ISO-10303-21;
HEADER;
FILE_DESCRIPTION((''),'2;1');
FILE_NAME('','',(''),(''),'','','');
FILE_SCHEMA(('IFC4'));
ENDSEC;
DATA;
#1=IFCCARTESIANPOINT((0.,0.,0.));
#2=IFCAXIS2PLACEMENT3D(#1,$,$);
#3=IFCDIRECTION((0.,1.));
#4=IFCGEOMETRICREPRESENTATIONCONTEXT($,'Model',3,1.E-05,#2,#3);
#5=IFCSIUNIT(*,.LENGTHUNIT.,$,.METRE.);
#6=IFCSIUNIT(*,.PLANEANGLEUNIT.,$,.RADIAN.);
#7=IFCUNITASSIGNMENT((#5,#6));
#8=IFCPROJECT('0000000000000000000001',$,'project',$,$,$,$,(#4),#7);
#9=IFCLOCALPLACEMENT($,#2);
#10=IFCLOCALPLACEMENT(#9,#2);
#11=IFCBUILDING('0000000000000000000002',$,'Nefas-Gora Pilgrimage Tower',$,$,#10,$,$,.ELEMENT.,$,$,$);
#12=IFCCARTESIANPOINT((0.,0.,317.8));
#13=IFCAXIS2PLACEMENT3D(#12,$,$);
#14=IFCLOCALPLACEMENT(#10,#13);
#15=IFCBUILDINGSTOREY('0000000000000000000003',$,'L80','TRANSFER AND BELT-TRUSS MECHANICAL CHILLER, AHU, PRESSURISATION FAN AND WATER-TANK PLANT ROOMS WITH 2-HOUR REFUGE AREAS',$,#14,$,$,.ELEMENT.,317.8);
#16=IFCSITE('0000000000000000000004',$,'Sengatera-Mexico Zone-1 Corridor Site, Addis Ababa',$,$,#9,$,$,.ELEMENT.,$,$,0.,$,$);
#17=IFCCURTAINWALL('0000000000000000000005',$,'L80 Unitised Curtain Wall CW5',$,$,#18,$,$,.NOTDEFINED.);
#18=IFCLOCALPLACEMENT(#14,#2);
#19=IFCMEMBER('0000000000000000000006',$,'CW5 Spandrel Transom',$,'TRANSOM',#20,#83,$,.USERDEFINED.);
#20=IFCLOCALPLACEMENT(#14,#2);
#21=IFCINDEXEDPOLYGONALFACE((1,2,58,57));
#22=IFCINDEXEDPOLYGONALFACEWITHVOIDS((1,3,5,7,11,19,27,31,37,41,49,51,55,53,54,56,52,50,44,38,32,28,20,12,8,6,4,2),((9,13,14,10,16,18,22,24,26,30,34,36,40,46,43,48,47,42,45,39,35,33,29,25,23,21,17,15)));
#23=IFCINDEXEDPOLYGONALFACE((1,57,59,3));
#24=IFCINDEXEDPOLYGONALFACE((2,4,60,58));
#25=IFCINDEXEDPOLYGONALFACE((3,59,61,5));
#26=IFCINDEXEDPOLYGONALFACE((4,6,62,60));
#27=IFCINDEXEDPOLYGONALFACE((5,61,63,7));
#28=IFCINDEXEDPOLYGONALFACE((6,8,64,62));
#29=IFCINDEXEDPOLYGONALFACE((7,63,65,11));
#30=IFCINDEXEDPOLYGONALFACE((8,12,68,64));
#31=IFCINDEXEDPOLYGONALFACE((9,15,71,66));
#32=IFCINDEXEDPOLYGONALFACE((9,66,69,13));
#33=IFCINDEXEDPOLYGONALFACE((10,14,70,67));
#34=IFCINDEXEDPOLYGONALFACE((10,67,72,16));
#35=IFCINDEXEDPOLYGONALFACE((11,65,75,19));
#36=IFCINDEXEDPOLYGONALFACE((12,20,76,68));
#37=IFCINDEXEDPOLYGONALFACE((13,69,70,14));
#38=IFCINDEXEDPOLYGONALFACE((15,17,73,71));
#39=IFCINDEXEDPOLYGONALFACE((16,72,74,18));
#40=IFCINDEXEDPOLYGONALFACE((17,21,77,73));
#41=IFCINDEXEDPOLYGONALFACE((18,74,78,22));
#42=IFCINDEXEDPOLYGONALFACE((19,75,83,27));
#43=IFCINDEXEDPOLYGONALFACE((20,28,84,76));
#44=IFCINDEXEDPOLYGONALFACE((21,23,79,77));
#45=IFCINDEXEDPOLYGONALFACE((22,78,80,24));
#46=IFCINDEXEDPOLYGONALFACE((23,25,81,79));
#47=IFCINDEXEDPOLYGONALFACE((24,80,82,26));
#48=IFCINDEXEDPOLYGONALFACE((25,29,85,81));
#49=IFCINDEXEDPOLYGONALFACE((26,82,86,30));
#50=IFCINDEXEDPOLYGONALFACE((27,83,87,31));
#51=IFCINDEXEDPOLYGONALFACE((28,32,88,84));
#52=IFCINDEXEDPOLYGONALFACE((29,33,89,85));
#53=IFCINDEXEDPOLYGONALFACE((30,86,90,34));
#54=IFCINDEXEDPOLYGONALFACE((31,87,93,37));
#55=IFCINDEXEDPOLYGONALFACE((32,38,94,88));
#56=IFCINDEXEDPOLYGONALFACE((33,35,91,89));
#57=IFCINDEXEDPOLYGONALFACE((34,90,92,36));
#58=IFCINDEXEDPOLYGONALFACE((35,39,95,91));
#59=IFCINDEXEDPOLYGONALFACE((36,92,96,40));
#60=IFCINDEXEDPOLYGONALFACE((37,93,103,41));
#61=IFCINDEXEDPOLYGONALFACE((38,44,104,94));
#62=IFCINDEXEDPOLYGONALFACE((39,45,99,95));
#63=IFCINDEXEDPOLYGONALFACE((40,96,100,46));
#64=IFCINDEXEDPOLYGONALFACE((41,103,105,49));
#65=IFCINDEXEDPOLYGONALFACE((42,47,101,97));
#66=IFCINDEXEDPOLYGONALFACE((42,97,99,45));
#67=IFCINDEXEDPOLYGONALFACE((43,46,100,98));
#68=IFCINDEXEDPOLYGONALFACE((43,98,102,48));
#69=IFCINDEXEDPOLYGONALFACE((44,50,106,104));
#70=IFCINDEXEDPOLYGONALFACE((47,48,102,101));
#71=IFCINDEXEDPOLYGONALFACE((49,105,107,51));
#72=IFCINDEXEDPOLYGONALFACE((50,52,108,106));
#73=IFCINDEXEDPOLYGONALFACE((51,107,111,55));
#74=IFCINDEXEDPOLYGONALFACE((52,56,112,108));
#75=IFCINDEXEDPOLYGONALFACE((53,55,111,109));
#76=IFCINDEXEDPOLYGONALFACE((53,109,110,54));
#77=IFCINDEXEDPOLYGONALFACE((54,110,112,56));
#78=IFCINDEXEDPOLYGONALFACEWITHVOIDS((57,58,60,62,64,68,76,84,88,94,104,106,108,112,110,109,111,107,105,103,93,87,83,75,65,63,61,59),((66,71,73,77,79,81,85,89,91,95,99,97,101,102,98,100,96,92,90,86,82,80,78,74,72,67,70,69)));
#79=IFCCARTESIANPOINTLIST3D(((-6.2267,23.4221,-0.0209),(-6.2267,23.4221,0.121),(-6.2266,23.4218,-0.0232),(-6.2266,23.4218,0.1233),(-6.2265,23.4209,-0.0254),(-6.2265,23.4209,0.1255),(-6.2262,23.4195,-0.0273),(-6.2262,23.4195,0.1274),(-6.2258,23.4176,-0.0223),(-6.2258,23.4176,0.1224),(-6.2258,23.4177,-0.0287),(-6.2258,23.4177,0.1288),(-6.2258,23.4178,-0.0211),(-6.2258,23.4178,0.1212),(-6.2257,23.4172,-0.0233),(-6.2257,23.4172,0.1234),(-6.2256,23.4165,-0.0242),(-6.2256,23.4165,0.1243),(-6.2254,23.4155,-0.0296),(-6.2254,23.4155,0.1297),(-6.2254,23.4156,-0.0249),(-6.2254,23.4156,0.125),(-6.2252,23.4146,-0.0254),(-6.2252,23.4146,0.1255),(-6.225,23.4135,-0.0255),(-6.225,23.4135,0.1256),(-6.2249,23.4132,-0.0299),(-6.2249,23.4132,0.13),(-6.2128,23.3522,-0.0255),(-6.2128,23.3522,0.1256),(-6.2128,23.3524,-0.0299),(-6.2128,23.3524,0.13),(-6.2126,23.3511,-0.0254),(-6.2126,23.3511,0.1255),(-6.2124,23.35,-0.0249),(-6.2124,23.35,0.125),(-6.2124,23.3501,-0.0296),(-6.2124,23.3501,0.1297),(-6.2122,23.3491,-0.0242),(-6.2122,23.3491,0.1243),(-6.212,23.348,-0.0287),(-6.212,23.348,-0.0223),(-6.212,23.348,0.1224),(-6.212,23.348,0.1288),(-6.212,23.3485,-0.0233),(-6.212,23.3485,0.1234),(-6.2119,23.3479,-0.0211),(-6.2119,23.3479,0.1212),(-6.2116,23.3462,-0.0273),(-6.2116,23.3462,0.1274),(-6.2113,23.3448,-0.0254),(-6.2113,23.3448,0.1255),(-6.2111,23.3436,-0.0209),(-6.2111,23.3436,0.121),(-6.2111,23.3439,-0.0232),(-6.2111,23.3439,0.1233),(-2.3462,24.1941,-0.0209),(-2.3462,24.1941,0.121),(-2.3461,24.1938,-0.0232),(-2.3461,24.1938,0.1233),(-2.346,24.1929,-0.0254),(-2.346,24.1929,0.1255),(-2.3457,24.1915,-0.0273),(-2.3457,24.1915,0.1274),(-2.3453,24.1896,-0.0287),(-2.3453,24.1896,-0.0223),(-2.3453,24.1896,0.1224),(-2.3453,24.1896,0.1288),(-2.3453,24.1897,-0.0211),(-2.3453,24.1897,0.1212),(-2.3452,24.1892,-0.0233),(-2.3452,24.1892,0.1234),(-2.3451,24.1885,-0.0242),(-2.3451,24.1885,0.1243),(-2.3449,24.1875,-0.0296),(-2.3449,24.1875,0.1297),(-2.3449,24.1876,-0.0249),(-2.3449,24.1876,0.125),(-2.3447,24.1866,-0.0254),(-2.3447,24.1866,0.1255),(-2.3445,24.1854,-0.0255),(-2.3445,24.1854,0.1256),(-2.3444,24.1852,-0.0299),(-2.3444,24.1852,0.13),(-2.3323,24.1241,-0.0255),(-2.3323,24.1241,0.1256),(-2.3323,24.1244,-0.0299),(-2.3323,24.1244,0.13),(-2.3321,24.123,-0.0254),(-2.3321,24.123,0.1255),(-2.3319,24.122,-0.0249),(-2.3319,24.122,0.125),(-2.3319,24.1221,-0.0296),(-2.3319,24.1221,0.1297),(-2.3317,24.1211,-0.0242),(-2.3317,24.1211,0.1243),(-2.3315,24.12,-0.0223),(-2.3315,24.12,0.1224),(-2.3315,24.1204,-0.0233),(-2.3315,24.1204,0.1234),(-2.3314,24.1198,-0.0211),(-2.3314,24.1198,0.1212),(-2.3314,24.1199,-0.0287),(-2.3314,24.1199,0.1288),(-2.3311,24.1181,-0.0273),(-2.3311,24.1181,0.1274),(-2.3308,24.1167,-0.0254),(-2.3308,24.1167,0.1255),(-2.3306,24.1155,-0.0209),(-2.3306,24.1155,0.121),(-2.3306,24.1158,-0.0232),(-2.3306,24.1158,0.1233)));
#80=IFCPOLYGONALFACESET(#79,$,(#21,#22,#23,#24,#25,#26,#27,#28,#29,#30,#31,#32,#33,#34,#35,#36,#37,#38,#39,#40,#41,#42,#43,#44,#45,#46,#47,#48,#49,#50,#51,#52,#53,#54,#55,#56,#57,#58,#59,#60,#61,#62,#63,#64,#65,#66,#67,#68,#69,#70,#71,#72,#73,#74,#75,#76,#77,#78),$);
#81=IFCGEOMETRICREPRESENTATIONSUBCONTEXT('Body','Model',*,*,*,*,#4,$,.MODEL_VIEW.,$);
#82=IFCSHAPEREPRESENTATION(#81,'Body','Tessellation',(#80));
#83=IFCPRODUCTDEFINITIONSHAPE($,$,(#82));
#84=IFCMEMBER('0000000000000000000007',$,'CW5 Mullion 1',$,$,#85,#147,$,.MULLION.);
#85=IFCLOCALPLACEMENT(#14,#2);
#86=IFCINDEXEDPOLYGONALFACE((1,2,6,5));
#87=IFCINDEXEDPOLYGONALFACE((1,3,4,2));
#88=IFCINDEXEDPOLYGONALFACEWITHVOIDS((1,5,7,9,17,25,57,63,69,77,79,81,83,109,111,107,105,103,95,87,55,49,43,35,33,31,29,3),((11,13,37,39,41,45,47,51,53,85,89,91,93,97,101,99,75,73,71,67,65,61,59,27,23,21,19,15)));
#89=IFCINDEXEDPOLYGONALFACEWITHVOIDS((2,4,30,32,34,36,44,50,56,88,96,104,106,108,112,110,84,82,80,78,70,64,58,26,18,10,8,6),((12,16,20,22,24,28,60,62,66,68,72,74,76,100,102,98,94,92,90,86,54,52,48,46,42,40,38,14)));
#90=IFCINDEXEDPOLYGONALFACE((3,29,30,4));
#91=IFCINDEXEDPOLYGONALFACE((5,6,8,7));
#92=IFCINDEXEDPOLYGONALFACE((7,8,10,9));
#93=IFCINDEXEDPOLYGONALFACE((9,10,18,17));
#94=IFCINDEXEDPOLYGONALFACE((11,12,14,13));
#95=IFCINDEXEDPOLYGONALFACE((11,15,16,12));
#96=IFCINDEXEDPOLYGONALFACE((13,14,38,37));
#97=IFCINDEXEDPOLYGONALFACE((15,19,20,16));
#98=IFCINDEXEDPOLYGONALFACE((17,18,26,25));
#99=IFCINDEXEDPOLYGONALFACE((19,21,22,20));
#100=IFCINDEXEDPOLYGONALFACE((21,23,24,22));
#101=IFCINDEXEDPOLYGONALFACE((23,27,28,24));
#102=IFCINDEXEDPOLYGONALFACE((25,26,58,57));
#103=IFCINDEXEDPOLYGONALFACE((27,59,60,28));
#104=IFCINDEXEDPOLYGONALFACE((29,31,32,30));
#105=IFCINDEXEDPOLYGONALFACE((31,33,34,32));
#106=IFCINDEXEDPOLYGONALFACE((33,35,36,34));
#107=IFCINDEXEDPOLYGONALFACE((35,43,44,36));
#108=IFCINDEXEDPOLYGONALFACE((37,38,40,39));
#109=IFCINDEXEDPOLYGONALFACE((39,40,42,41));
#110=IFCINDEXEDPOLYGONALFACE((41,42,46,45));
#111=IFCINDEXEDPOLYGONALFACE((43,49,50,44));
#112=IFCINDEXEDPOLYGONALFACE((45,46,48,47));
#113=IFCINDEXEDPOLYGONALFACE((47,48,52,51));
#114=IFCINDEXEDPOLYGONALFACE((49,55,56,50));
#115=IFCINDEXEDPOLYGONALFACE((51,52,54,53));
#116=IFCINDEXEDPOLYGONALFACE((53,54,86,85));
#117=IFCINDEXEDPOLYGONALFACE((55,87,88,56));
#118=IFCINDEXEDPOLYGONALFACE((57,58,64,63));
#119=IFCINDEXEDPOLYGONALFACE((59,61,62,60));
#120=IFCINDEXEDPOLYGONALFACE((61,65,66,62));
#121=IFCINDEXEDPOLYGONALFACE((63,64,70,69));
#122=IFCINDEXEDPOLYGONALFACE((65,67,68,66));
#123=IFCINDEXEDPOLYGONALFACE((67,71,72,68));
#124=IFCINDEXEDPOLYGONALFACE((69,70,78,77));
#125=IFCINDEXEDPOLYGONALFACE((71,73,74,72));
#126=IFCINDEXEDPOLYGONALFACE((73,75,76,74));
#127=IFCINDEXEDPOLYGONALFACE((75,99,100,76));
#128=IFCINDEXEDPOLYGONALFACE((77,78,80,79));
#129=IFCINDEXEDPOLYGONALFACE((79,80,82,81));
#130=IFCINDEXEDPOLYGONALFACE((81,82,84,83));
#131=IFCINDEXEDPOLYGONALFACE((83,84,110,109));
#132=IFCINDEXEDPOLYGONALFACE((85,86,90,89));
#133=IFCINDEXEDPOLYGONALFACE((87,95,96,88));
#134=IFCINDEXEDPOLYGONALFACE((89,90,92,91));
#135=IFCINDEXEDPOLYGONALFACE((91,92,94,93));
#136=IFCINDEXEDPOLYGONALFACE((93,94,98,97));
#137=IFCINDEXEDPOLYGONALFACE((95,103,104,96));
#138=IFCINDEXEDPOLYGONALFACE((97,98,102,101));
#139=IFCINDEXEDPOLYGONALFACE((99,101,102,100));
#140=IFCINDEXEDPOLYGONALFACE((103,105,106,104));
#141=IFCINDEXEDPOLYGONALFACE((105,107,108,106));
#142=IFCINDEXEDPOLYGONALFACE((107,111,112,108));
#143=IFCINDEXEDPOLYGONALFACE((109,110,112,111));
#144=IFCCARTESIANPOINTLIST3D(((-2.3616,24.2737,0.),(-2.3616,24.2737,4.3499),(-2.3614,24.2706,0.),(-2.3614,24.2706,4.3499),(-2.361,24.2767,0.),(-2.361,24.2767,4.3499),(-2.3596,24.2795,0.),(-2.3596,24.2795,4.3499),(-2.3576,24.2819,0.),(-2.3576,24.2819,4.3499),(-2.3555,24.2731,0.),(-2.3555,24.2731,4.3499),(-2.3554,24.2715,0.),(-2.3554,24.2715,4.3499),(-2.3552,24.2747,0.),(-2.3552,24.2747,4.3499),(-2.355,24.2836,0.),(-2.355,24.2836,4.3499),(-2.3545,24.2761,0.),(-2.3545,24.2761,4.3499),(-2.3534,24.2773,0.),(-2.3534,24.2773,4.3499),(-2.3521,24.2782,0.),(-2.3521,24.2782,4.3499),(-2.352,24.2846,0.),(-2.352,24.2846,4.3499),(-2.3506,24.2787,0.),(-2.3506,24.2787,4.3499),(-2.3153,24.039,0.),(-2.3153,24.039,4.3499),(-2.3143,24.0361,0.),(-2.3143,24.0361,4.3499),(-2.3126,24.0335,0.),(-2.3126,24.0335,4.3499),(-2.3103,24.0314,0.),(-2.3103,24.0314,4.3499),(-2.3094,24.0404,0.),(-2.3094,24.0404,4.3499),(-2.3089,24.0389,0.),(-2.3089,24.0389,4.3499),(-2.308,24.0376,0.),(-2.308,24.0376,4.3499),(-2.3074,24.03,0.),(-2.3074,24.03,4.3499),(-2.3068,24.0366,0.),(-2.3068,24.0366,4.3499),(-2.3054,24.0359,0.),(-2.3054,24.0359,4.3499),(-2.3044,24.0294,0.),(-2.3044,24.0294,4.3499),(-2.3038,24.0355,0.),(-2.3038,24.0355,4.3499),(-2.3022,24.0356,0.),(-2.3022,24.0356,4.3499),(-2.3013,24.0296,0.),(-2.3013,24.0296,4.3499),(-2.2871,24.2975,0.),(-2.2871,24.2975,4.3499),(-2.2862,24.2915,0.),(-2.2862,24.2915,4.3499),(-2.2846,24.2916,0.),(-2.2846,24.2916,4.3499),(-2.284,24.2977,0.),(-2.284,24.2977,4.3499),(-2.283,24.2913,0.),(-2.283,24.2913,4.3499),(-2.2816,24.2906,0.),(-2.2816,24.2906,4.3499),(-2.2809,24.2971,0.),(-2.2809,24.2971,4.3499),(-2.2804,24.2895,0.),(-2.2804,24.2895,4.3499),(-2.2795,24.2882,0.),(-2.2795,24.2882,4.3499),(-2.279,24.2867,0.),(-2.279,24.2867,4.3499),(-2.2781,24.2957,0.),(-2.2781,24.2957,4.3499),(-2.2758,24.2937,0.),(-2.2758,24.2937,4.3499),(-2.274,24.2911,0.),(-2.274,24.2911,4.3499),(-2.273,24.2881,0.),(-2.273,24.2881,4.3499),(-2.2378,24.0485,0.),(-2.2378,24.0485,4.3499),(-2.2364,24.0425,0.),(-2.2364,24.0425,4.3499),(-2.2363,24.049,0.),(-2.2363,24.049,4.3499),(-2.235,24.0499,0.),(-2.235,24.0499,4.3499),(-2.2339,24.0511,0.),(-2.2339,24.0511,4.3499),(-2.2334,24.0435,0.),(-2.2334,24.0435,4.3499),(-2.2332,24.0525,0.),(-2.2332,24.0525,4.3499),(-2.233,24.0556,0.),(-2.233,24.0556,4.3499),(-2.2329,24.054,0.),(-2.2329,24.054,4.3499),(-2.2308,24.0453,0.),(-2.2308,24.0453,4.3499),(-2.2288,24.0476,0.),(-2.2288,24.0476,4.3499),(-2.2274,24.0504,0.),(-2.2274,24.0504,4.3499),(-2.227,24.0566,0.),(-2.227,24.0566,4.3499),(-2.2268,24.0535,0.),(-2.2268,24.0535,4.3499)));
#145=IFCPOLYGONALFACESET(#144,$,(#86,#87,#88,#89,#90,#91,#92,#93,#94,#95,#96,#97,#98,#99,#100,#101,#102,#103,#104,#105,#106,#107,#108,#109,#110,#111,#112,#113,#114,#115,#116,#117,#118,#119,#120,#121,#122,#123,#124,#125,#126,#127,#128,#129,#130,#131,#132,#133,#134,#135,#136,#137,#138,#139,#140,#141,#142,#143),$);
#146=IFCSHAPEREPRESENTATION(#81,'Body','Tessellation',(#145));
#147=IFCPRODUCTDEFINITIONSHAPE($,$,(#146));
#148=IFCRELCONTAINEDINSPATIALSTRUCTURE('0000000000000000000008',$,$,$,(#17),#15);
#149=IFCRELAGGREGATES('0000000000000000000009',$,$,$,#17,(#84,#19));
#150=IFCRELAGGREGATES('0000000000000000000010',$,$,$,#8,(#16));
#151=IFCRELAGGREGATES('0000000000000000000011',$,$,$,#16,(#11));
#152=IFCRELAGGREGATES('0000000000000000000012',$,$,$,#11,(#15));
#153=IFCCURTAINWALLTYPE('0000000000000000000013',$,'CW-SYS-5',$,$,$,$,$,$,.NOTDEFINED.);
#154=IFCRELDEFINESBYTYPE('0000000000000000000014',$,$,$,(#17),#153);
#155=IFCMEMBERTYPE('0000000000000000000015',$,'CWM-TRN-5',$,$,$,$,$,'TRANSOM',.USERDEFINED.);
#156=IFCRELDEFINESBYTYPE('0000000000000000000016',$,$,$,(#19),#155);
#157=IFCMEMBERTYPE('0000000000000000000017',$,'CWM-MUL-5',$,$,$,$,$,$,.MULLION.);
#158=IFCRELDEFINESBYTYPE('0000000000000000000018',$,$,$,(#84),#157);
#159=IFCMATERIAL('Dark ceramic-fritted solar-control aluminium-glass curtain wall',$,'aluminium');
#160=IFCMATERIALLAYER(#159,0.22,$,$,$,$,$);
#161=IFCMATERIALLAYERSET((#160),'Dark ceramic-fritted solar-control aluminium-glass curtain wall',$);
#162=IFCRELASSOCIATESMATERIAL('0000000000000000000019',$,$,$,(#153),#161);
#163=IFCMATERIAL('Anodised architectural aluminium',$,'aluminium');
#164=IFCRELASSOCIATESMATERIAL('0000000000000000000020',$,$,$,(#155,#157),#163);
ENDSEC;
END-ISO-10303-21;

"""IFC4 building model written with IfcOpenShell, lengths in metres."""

from ifc_helpers import new_model, si_unit, direction, frame, origin, origin_2d, place, context, subcontext, project, spatial, hollow_rectangle, extrude, source, transform, mapped, material, layer, layer_set, material_profile, profile_set, type_object, element, aggregate, save


model = new_model("IFC4")

# Units and contexts
model_context = context("Model", 3, precision=1e-05, world=origin(), true_north=direction((0.0, 1.0)))
body_context = subcontext(model_context, "Body", "Model", "MODEL_VIEW")
ifc_project = project(units=[si_unit("LENGTHUNIT", "METRE"), si_unit("PLANEANGLEUNIT", "RADIAN")], contexts=[model_context])

# Site, building, storey
site_placement = place(None, origin())
site = spatial("IfcSite", under=ifc_project, at=site_placement, Name="Sengatera-Mexico Zone-1 Corridor Site, Addis Ababa", CompositionType="ELEMENT", RefElevation=0.0)
building_placement = place(site_placement, origin())
building = spatial("IfcBuilding", under=site, at=building_placement, Name="Nefas-Gora Pilgrimage Tower", CompositionType="ELEMENT")
storey_placement = place(building_placement, frame((0.0, 0.0, 317.8)))
storey = spatial("IfcBuildingStorey", under=building, at=storey_placement, Name="L80", Description="TRANSFER AND BELT-TRUSS MECHANICAL CHILLER, AHU, PRESSURISATION FAN AND WATER-TANK PLANT ROOMS WITH 2-HOUR REFUGE AREAS", CompositionType="ELEMENT", Elevation=317.8)

# Shared definitions
ifc_material_1 = material(Name="Dark ceramic-fritted solar-control aluminium-glass curtain wall", Category="aluminium")
ifc_layer_1 = layer(ifc_material_1, 0.22)
ifc_layer_set_1 = layer_set([ifc_layer_1], Name="Dark ceramic-fritted solar-control aluminium-glass curtain wall")
curtain_wall_type = type_object("IfcCurtainWallType", Name="CW-SYS-5", PredefinedType="NOTDEFINED", material=ifc_layer_set_1)
ifc_material_2 = material(Name="Anodised architectural aluminium", Category="aluminium")
ifc_material_profile_1 = material_profile(ifc_material_2, hollow_rectangle(XDim=0.0801, YDim=0.1599, WallThickness=0.0044, InnerFilletRadius=0.0044, OuterFilletRadius=0.009, at=origin_2d()), Name="ALU TRANSOM 80x160")
ifc_profile_set_1 = profile_set([ifc_material_profile_1], Name="Anodised architectural aluminium")
member_type_1 = type_object("IfcMemberType", Name="CWM-TRN-5", ElementType="TRANSOM", PredefinedType="USERDEFINED", material=ifc_profile_set_1)

# Curtain wall, members
curtain_wall_1_placement = place(storey_placement, origin())
curtain_wall_1 = element("IfcCurtainWall", 1, at=curtain_wall_1_placement, inside=storey, type_object=curtain_wall_type, Name="L80 Unitised Curtain Wall CW5", PredefinedType="NOTDEFINED")
shared_shape_1 = source(origin(), body_context, "Body", "SweptSolid", [
    extrude(hollow_rectangle(XDim=0.0801, YDim=0.1599, WallThickness=0.0044, InnerFilletRadius=0.0044, OuterFilletRadius=0.009, at=origin_2d()), origin(), (0.0, 0.0, 1.0), 3.9565),
])
member_1_placement = place(storey_placement, frame((-2.3384, 24.1548, 0.05), z_axis=(-0.980782, -0.195107, 0.0), x_axis=(0.195107, -0.980782, 0.0)))
member_1 = element("IfcMember", 2, at=member_1_placement, type_object=member_type_1, Name="CW5 Spandrel Transom", ObjectType="TRANSOM", PredefinedType="USERDEFINED", context=body_context, shape_type="MappedRepresentation", body=[
    mapped(shared_shape_1, transform((0.0, 0.0, 0.0), x_axis=(1.0, 0.0, 0.0), y_axis=(0.0, 1.0, 0.0), z_axis=(0.0, 0.0, 1.0), scale=1.0)),
])
ifc_material_profile_2 = material_profile(ifc_material_2, hollow_rectangle(XDim=0.0901, YDim=0.26, WallThickness=0.0061, InnerFilletRadius=0.0061, OuterFilletRadius=0.012, at=origin_2d()), Name="ALU MULLION 90x260")
ifc_profile_set_2 = profile_set([ifc_material_profile_2], Name="Anodised architectural aluminium")
member_type_2 = type_object("IfcMemberType", Name="CWM-MUL-5", PredefinedType="MULLION", material=ifc_profile_set_2)
shared_shape_2 = source(origin(), body_context, "Body", "SweptSolid", [
    extrude(hollow_rectangle(XDim=0.0901, YDim=0.26, WallThickness=0.0061, InnerFilletRadius=0.0061, OuterFilletRadius=0.012, at=origin_2d()), origin(), (0.0, 0.0, 1.0), 4.3499),
])
member_2_placement = place(storey_placement, frame((-2.2942, 24.1636, 0.0), z_axis=(0.0, 0.0, 1.0), x_axis=(-0.980783, -0.195102, 0.0)))
member_2 = element("IfcMember", 3, at=member_2_placement, type_object=member_type_2, Name="CW5 Mullion 1", PredefinedType="MULLION", context=body_context, shape_type="MappedRepresentation", body=[
    mapped(shared_shape_2, transform((0.0, 0.0, 0.0), x_axis=(1.0, 0.0, 0.0), y_axis=(0.0, 1.0, 0.0), z_axis=(0.0, 0.0, 1.0), scale=1.0)),
])

aggregate(curtain_wall_1, [member_2, member_1])

save(model, "model.ifc")
